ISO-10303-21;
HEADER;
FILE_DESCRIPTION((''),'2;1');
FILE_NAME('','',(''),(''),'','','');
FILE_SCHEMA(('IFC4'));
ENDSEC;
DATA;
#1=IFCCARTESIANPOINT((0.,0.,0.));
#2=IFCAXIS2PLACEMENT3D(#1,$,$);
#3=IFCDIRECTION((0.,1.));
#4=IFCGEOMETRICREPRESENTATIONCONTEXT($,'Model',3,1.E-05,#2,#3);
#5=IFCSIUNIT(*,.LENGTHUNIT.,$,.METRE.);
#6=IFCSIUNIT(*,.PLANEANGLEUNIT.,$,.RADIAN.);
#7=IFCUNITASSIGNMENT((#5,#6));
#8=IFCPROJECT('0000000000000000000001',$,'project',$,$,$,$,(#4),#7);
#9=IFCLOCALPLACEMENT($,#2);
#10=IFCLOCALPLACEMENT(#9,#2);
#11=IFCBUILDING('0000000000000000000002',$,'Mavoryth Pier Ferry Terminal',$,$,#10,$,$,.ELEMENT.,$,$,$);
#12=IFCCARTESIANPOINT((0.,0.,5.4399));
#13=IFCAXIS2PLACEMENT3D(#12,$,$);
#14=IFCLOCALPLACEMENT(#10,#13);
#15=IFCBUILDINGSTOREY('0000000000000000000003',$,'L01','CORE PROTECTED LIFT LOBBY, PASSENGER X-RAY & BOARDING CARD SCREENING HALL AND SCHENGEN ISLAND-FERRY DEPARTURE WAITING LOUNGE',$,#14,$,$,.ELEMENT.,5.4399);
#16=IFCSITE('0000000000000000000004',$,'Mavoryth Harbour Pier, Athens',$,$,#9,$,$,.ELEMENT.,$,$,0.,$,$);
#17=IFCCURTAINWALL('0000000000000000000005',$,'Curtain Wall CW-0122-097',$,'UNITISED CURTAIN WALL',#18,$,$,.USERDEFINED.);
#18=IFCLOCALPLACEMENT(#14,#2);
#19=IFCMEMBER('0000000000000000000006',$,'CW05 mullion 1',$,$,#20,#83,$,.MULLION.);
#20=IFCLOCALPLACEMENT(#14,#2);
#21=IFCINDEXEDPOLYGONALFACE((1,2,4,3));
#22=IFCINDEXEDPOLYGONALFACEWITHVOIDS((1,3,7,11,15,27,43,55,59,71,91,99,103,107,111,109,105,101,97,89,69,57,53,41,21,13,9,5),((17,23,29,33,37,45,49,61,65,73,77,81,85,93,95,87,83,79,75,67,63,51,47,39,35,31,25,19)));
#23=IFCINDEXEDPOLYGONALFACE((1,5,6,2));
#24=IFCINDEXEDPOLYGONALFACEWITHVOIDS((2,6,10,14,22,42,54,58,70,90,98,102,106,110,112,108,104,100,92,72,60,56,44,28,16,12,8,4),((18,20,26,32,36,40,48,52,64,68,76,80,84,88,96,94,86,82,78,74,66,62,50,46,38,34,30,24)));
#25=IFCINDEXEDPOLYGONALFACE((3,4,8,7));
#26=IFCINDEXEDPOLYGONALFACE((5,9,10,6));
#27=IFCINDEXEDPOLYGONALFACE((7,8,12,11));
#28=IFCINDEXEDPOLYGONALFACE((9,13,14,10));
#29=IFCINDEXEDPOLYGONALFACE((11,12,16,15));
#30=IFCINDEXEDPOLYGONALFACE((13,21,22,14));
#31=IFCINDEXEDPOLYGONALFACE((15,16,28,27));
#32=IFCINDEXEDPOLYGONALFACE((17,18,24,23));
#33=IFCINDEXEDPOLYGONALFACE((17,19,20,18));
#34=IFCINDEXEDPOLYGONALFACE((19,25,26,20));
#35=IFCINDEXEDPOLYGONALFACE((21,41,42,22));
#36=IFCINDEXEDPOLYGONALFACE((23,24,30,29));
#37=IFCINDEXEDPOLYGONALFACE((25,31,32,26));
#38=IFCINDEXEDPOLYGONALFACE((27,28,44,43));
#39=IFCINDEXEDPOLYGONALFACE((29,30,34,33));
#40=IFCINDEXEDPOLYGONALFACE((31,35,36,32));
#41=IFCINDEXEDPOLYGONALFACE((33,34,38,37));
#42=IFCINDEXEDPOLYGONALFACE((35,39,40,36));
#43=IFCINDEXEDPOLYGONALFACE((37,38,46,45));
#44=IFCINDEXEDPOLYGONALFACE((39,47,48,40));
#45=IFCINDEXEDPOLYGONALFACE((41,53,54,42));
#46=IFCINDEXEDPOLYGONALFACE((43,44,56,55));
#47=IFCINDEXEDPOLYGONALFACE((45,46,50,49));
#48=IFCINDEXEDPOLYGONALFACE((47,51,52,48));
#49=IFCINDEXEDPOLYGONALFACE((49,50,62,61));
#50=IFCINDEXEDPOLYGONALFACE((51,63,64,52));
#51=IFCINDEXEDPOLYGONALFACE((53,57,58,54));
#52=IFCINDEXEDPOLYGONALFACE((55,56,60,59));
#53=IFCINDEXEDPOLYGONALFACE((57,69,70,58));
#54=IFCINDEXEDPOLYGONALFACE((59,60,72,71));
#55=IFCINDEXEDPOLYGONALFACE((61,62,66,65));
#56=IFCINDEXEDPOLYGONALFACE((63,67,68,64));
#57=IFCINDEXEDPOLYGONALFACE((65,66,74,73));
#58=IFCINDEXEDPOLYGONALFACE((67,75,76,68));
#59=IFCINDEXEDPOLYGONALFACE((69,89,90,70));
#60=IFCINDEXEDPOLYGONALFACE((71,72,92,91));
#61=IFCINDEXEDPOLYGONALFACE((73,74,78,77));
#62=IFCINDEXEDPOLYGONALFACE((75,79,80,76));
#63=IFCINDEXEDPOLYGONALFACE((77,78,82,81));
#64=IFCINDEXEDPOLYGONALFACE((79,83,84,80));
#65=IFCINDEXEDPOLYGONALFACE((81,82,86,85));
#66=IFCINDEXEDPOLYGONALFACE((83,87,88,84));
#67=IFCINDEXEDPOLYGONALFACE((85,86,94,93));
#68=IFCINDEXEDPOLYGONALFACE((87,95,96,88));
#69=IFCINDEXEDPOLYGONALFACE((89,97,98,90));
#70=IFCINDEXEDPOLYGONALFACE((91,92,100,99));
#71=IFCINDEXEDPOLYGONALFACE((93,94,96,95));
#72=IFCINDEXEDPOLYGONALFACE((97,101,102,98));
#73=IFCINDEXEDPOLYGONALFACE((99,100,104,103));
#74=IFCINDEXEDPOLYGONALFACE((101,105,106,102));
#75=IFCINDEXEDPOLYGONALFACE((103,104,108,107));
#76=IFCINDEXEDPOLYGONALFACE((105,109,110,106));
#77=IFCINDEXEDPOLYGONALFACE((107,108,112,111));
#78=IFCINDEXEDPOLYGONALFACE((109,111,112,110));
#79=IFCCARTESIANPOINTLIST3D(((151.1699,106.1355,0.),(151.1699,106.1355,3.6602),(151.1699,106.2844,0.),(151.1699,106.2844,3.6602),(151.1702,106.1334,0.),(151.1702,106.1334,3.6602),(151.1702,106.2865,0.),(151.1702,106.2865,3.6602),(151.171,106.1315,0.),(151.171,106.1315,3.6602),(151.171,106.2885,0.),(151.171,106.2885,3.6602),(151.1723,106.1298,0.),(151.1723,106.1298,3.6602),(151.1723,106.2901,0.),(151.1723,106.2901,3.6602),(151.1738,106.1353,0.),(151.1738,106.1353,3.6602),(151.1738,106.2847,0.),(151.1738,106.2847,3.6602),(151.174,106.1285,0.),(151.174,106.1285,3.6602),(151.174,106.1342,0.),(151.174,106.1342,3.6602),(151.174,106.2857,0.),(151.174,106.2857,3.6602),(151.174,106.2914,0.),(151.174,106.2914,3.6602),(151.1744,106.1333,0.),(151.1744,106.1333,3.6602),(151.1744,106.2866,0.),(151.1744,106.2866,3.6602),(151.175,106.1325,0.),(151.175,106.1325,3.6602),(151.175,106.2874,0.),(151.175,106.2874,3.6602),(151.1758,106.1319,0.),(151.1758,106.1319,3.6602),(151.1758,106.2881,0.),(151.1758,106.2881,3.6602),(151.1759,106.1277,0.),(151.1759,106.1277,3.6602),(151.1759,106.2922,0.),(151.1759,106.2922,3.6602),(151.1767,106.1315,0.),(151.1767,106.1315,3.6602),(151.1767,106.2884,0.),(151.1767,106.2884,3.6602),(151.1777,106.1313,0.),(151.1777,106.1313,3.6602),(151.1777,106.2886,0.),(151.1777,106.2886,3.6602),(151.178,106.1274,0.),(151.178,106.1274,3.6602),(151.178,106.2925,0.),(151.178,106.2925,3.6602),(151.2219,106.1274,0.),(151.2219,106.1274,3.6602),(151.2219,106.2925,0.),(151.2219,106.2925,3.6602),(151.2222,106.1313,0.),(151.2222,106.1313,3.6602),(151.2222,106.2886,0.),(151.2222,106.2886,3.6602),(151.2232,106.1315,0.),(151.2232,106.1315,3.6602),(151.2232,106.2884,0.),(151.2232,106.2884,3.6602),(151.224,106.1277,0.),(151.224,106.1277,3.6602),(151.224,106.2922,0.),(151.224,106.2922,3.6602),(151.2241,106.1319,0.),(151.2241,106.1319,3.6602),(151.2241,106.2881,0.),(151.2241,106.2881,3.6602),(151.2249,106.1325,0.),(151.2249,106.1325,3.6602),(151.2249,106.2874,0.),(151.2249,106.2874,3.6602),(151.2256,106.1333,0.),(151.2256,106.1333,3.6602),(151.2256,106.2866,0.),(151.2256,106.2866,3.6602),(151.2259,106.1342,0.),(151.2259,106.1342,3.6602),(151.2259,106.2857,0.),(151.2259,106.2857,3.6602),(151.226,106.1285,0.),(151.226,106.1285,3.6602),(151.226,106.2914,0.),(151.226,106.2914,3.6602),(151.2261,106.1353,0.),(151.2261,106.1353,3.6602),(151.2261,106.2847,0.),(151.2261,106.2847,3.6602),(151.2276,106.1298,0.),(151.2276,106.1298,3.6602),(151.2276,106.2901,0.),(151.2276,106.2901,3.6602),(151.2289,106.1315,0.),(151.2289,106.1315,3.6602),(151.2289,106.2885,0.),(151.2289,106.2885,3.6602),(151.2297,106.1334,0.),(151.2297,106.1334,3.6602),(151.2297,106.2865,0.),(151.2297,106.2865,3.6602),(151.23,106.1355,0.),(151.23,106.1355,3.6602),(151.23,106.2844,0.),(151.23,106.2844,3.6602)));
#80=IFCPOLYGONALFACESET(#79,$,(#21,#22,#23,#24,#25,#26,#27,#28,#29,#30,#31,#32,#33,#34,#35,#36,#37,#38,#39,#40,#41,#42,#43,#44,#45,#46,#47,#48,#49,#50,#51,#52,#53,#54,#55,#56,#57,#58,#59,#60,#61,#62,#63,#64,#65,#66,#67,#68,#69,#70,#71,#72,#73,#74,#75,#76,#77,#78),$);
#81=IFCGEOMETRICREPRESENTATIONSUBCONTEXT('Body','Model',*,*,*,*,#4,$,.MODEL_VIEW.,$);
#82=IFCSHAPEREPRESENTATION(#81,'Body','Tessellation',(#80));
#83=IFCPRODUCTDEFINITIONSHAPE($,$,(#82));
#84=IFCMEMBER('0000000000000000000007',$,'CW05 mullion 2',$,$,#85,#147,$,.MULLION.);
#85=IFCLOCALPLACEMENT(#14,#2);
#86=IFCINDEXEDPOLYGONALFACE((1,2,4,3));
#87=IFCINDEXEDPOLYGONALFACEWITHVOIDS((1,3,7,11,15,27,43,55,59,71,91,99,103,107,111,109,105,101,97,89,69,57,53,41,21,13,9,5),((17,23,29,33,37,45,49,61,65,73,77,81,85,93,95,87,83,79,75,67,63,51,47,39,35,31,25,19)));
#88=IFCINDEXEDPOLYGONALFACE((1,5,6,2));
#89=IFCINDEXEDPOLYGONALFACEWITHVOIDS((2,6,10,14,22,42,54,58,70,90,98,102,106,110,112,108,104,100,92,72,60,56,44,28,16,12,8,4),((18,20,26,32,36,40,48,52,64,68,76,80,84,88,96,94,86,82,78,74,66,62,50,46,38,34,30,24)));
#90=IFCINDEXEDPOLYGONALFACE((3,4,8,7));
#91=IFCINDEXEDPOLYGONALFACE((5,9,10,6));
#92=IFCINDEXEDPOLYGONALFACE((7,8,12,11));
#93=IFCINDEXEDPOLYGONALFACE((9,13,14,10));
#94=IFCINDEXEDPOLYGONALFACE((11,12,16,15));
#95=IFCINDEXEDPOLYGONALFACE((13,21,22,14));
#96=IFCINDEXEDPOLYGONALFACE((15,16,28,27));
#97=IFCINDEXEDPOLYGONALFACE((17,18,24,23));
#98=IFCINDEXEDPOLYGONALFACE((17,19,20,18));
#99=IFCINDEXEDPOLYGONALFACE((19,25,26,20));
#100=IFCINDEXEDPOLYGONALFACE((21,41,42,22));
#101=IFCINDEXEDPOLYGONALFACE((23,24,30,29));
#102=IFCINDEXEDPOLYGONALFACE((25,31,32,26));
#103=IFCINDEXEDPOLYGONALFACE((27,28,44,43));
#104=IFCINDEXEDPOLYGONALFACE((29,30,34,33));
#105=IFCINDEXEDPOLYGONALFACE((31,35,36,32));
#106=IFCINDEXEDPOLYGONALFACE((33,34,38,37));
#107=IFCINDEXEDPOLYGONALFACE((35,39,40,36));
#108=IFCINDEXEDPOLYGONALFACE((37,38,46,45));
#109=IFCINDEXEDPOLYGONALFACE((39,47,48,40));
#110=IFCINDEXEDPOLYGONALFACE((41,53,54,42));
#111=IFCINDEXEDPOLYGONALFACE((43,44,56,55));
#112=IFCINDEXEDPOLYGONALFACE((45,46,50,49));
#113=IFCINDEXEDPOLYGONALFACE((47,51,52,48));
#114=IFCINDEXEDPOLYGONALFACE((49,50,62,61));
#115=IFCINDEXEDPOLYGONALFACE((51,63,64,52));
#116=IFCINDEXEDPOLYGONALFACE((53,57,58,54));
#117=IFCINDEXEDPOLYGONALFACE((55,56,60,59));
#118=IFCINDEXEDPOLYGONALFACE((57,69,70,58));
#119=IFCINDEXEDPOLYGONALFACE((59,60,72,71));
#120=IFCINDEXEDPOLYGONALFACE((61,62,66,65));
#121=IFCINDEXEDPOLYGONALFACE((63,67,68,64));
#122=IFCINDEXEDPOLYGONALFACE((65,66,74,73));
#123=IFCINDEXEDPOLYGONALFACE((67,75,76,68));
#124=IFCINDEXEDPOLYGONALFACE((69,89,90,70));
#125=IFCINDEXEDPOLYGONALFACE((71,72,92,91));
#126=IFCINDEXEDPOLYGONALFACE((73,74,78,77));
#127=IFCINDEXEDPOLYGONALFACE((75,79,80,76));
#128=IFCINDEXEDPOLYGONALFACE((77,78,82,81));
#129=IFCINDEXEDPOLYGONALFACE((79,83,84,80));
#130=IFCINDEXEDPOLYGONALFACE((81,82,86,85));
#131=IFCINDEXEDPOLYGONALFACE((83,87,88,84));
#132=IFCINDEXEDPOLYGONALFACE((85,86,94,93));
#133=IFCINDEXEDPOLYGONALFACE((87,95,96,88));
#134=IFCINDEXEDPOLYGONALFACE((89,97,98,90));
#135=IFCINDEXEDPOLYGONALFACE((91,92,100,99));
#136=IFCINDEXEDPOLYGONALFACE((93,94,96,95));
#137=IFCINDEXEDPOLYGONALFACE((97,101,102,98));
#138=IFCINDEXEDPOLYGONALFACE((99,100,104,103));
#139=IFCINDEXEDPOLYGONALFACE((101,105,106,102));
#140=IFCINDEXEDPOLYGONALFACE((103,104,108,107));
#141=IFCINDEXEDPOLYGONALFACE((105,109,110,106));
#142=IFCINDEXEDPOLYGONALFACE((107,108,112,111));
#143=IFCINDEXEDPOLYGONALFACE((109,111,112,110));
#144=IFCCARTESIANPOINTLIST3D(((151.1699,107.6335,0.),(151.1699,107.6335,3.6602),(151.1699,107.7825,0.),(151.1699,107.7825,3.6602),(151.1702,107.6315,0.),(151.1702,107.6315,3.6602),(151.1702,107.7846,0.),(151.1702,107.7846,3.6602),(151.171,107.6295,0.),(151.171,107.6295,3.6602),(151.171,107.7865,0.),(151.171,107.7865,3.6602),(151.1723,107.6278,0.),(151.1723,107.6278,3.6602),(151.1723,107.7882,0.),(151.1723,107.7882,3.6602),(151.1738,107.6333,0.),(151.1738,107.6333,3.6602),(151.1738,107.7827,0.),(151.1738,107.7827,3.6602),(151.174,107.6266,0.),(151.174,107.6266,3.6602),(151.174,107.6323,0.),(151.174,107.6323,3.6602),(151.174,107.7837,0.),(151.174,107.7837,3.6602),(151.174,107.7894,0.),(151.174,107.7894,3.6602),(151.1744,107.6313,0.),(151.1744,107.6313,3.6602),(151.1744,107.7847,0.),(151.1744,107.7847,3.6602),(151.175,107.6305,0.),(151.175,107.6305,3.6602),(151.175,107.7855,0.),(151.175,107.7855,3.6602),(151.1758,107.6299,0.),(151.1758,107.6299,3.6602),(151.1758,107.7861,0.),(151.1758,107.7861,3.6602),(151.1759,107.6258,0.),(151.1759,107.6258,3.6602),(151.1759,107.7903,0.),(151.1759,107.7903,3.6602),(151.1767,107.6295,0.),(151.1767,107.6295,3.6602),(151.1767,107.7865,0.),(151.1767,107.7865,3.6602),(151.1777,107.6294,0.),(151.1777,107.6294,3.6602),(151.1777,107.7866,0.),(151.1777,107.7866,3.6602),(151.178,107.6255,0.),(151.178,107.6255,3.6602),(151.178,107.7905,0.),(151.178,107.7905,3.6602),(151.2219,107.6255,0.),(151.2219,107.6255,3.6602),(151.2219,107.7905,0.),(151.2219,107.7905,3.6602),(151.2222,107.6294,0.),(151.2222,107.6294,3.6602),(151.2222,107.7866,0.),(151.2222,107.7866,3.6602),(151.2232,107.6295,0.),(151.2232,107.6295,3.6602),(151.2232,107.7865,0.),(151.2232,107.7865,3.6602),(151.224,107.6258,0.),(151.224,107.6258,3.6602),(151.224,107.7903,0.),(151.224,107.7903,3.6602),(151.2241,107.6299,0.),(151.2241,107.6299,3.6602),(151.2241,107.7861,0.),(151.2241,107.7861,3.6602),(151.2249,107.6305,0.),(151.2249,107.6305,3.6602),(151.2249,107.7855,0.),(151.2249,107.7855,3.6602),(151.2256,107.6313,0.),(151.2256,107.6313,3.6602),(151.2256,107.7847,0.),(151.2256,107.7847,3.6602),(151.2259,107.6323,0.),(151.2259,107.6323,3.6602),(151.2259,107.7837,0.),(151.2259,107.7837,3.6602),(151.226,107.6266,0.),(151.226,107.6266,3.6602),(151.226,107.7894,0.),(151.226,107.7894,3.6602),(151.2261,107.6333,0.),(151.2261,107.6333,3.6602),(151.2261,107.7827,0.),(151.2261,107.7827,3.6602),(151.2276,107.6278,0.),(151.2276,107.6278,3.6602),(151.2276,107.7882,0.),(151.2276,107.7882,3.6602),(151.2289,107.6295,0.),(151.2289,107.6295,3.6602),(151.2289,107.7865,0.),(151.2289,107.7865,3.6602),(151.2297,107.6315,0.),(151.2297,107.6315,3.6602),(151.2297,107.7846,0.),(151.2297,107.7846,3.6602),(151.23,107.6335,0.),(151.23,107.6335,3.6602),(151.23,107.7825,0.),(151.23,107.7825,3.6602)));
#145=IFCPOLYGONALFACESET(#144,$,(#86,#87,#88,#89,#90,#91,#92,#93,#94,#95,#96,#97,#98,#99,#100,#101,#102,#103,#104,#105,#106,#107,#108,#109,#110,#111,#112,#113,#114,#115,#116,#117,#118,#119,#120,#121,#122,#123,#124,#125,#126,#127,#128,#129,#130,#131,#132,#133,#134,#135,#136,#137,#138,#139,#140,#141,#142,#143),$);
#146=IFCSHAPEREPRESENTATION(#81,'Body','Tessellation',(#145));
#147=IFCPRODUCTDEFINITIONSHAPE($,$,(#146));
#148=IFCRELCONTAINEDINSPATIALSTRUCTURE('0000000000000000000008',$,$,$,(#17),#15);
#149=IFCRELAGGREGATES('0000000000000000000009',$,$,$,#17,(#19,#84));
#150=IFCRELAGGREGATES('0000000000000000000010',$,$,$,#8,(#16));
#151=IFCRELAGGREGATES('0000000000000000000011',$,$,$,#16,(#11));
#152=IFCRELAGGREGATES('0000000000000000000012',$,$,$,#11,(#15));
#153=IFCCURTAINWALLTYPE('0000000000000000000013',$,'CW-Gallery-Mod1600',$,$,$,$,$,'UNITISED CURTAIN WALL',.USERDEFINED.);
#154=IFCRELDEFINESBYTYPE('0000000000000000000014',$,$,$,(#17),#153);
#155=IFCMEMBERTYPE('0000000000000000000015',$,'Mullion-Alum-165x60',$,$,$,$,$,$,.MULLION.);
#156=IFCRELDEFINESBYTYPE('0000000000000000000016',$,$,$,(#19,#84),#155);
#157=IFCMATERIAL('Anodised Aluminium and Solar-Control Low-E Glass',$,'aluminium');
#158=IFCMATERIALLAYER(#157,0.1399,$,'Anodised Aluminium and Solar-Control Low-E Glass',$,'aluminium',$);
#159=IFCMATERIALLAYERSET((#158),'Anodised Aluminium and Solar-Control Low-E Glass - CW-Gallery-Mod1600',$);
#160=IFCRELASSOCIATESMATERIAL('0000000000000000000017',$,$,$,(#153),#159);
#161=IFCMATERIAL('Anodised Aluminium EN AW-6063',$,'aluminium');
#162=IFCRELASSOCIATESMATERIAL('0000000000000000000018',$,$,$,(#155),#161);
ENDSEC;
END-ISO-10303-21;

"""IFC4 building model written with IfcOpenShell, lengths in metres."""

from ifc_helpers import new_model, si_unit, direction, frame, origin, origin_2d, place, context, subcontext, project, spatial, hollow_rectangle, extrude, material, layer, layer_set, material_profile, profile_set, type_object, element, aggregate, save


model = new_model("IFC4")

# Units and contexts
model_context = context("Model", 3, precision=1e-05, world=origin(), true_north=direction((0.0, 1.0)))
body_context = subcontext(model_context, "Body", "Model", "MODEL_VIEW")
ifc_project = project(units=[si_unit("LENGTHUNIT", "METRE"), si_unit("PLANEANGLEUNIT", "RADIAN")], contexts=[model_context])

# Site, building, storey
site_placement = place(None, origin())
site = spatial("IfcSite", under=ifc_project, at=site_placement, Name="Mavoryth Harbour Pier, Athens", CompositionType="ELEMENT", RefElevation=0.0)
building_placement = place(site_placement, origin())
building = spatial("IfcBuilding", under=site, at=building_placement, Name="Mavoryth Pier Ferry Terminal", CompositionType="ELEMENT")
storey_placement = place(building_placement, frame((0.0, 0.0, 5.4399)))
storey = spatial("IfcBuildingStorey", under=building, at=storey_placement, Name="L01", Description="CORE PROTECTED LIFT LOBBY, PASSENGER X-RAY & BOARDING CARD SCREENING HALL AND SCHENGEN ISLAND-FERRY DEPARTURE WAITING LOUNGE", CompositionType="ELEMENT", Elevation=5.4399)

# Curtain wall, members
ifc_material_1 = material(Name="Anodised Aluminium and Solar-Control Low-E Glass", Category="aluminium")
ifc_layer_1 = layer(ifc_material_1, 0.1399, Name="Anodised Aluminium and Solar-Control Low-E Glass", Category="aluminium")
ifc_layer_set_1 = layer_set([ifc_layer_1], Name="Anodised Aluminium and Solar-Control Low-E Glass - CW-Gallery-Mod1600")
curtain_wall_type = type_object("IfcCurtainWallType", Name="CW-Gallery-Mod1600", ElementType="UNITISED CURTAIN WALL", PredefinedType="USERDEFINED", material=ifc_layer_set_1)
ifc_material_2 = material(Name="Anodised Aluminium EN AW-6063", Category="aluminium")
ifc_material_profile_1 = material_profile(ifc_material_2, hollow_rectangle(XDim=0.0601, YDim=0.165, WallThickness=0.0039, InnerFilletRadius=0.0039, OuterFilletRadius=0.0081, at=origin_2d()), Name="AL-MULL 165x60x4", Category="aluminium")
ifc_profile_set_1 = profile_set([ifc_material_profile_1], Name="Anodised Aluminium EN AW-6063 - AL-MULL 165x60x4")
member_type_1 = type_object("IfcMemberType", Name="Mullion-Alum-165x60", PredefinedType="MULLION", material=ifc_profile_set_1)
curtain_wall_1_placement = place(storey_placement, origin())
curtain_wall_1 = element("IfcCurtainWall", 1, at=curtain_wall_1_placement, inside=storey, type_object=curtain_wall_type, Name="Curtain Wall CW-0122-097", ObjectType="UNITISED CURTAIN WALL", PredefinedType="USERDEFINED")
member_1_placement = place(storey_placement, frame((151.2, 106.21, 0.0), z_axis=(0.0, 0.0, 1.0), x_axis=(-1.0, 0.0, 0.0)))
member_1 = element("IfcMember", 2, at=member_1_placement, type_object=member_type_1, Name="CW05 mullion 1", PredefinedType="MULLION", context=body_context, shape_type="SweptSolid", body=[
    extrude(hollow_rectangle(XDim=0.0601, YDim=0.165, WallThickness=0.0039, InnerFilletRadius=0.0039, OuterFilletRadius=0.0081, at=origin_2d()), origin(), (0.0, 0.0, 1.0), 3.6602),
])
member_2_placement = place(storey_placement, frame((151.2, 107.708, 0.0), z_axis=(0.0, 0.0, 1.0), x_axis=(-1.0, 0.0, 0.0)))
member_2 = element("IfcMember", 3, at=member_2_placement, type_object=member_type_1, Name="CW05 mullion 2", PredefinedType="MULLION", context=body_context, shape_type="SweptSolid", body=[
    extrude(hollow_rectangle(XDim=0.0601, YDim=0.165, WallThickness=0.0039, InnerFilletRadius=0.0039, OuterFilletRadius=0.0081, at=origin_2d()), origin(), (0.0, 0.0, 1.0), 3.6602),
])

aggregate(curtain_wall_1, [member_1, member_2])

save(model, "model.ifc")
